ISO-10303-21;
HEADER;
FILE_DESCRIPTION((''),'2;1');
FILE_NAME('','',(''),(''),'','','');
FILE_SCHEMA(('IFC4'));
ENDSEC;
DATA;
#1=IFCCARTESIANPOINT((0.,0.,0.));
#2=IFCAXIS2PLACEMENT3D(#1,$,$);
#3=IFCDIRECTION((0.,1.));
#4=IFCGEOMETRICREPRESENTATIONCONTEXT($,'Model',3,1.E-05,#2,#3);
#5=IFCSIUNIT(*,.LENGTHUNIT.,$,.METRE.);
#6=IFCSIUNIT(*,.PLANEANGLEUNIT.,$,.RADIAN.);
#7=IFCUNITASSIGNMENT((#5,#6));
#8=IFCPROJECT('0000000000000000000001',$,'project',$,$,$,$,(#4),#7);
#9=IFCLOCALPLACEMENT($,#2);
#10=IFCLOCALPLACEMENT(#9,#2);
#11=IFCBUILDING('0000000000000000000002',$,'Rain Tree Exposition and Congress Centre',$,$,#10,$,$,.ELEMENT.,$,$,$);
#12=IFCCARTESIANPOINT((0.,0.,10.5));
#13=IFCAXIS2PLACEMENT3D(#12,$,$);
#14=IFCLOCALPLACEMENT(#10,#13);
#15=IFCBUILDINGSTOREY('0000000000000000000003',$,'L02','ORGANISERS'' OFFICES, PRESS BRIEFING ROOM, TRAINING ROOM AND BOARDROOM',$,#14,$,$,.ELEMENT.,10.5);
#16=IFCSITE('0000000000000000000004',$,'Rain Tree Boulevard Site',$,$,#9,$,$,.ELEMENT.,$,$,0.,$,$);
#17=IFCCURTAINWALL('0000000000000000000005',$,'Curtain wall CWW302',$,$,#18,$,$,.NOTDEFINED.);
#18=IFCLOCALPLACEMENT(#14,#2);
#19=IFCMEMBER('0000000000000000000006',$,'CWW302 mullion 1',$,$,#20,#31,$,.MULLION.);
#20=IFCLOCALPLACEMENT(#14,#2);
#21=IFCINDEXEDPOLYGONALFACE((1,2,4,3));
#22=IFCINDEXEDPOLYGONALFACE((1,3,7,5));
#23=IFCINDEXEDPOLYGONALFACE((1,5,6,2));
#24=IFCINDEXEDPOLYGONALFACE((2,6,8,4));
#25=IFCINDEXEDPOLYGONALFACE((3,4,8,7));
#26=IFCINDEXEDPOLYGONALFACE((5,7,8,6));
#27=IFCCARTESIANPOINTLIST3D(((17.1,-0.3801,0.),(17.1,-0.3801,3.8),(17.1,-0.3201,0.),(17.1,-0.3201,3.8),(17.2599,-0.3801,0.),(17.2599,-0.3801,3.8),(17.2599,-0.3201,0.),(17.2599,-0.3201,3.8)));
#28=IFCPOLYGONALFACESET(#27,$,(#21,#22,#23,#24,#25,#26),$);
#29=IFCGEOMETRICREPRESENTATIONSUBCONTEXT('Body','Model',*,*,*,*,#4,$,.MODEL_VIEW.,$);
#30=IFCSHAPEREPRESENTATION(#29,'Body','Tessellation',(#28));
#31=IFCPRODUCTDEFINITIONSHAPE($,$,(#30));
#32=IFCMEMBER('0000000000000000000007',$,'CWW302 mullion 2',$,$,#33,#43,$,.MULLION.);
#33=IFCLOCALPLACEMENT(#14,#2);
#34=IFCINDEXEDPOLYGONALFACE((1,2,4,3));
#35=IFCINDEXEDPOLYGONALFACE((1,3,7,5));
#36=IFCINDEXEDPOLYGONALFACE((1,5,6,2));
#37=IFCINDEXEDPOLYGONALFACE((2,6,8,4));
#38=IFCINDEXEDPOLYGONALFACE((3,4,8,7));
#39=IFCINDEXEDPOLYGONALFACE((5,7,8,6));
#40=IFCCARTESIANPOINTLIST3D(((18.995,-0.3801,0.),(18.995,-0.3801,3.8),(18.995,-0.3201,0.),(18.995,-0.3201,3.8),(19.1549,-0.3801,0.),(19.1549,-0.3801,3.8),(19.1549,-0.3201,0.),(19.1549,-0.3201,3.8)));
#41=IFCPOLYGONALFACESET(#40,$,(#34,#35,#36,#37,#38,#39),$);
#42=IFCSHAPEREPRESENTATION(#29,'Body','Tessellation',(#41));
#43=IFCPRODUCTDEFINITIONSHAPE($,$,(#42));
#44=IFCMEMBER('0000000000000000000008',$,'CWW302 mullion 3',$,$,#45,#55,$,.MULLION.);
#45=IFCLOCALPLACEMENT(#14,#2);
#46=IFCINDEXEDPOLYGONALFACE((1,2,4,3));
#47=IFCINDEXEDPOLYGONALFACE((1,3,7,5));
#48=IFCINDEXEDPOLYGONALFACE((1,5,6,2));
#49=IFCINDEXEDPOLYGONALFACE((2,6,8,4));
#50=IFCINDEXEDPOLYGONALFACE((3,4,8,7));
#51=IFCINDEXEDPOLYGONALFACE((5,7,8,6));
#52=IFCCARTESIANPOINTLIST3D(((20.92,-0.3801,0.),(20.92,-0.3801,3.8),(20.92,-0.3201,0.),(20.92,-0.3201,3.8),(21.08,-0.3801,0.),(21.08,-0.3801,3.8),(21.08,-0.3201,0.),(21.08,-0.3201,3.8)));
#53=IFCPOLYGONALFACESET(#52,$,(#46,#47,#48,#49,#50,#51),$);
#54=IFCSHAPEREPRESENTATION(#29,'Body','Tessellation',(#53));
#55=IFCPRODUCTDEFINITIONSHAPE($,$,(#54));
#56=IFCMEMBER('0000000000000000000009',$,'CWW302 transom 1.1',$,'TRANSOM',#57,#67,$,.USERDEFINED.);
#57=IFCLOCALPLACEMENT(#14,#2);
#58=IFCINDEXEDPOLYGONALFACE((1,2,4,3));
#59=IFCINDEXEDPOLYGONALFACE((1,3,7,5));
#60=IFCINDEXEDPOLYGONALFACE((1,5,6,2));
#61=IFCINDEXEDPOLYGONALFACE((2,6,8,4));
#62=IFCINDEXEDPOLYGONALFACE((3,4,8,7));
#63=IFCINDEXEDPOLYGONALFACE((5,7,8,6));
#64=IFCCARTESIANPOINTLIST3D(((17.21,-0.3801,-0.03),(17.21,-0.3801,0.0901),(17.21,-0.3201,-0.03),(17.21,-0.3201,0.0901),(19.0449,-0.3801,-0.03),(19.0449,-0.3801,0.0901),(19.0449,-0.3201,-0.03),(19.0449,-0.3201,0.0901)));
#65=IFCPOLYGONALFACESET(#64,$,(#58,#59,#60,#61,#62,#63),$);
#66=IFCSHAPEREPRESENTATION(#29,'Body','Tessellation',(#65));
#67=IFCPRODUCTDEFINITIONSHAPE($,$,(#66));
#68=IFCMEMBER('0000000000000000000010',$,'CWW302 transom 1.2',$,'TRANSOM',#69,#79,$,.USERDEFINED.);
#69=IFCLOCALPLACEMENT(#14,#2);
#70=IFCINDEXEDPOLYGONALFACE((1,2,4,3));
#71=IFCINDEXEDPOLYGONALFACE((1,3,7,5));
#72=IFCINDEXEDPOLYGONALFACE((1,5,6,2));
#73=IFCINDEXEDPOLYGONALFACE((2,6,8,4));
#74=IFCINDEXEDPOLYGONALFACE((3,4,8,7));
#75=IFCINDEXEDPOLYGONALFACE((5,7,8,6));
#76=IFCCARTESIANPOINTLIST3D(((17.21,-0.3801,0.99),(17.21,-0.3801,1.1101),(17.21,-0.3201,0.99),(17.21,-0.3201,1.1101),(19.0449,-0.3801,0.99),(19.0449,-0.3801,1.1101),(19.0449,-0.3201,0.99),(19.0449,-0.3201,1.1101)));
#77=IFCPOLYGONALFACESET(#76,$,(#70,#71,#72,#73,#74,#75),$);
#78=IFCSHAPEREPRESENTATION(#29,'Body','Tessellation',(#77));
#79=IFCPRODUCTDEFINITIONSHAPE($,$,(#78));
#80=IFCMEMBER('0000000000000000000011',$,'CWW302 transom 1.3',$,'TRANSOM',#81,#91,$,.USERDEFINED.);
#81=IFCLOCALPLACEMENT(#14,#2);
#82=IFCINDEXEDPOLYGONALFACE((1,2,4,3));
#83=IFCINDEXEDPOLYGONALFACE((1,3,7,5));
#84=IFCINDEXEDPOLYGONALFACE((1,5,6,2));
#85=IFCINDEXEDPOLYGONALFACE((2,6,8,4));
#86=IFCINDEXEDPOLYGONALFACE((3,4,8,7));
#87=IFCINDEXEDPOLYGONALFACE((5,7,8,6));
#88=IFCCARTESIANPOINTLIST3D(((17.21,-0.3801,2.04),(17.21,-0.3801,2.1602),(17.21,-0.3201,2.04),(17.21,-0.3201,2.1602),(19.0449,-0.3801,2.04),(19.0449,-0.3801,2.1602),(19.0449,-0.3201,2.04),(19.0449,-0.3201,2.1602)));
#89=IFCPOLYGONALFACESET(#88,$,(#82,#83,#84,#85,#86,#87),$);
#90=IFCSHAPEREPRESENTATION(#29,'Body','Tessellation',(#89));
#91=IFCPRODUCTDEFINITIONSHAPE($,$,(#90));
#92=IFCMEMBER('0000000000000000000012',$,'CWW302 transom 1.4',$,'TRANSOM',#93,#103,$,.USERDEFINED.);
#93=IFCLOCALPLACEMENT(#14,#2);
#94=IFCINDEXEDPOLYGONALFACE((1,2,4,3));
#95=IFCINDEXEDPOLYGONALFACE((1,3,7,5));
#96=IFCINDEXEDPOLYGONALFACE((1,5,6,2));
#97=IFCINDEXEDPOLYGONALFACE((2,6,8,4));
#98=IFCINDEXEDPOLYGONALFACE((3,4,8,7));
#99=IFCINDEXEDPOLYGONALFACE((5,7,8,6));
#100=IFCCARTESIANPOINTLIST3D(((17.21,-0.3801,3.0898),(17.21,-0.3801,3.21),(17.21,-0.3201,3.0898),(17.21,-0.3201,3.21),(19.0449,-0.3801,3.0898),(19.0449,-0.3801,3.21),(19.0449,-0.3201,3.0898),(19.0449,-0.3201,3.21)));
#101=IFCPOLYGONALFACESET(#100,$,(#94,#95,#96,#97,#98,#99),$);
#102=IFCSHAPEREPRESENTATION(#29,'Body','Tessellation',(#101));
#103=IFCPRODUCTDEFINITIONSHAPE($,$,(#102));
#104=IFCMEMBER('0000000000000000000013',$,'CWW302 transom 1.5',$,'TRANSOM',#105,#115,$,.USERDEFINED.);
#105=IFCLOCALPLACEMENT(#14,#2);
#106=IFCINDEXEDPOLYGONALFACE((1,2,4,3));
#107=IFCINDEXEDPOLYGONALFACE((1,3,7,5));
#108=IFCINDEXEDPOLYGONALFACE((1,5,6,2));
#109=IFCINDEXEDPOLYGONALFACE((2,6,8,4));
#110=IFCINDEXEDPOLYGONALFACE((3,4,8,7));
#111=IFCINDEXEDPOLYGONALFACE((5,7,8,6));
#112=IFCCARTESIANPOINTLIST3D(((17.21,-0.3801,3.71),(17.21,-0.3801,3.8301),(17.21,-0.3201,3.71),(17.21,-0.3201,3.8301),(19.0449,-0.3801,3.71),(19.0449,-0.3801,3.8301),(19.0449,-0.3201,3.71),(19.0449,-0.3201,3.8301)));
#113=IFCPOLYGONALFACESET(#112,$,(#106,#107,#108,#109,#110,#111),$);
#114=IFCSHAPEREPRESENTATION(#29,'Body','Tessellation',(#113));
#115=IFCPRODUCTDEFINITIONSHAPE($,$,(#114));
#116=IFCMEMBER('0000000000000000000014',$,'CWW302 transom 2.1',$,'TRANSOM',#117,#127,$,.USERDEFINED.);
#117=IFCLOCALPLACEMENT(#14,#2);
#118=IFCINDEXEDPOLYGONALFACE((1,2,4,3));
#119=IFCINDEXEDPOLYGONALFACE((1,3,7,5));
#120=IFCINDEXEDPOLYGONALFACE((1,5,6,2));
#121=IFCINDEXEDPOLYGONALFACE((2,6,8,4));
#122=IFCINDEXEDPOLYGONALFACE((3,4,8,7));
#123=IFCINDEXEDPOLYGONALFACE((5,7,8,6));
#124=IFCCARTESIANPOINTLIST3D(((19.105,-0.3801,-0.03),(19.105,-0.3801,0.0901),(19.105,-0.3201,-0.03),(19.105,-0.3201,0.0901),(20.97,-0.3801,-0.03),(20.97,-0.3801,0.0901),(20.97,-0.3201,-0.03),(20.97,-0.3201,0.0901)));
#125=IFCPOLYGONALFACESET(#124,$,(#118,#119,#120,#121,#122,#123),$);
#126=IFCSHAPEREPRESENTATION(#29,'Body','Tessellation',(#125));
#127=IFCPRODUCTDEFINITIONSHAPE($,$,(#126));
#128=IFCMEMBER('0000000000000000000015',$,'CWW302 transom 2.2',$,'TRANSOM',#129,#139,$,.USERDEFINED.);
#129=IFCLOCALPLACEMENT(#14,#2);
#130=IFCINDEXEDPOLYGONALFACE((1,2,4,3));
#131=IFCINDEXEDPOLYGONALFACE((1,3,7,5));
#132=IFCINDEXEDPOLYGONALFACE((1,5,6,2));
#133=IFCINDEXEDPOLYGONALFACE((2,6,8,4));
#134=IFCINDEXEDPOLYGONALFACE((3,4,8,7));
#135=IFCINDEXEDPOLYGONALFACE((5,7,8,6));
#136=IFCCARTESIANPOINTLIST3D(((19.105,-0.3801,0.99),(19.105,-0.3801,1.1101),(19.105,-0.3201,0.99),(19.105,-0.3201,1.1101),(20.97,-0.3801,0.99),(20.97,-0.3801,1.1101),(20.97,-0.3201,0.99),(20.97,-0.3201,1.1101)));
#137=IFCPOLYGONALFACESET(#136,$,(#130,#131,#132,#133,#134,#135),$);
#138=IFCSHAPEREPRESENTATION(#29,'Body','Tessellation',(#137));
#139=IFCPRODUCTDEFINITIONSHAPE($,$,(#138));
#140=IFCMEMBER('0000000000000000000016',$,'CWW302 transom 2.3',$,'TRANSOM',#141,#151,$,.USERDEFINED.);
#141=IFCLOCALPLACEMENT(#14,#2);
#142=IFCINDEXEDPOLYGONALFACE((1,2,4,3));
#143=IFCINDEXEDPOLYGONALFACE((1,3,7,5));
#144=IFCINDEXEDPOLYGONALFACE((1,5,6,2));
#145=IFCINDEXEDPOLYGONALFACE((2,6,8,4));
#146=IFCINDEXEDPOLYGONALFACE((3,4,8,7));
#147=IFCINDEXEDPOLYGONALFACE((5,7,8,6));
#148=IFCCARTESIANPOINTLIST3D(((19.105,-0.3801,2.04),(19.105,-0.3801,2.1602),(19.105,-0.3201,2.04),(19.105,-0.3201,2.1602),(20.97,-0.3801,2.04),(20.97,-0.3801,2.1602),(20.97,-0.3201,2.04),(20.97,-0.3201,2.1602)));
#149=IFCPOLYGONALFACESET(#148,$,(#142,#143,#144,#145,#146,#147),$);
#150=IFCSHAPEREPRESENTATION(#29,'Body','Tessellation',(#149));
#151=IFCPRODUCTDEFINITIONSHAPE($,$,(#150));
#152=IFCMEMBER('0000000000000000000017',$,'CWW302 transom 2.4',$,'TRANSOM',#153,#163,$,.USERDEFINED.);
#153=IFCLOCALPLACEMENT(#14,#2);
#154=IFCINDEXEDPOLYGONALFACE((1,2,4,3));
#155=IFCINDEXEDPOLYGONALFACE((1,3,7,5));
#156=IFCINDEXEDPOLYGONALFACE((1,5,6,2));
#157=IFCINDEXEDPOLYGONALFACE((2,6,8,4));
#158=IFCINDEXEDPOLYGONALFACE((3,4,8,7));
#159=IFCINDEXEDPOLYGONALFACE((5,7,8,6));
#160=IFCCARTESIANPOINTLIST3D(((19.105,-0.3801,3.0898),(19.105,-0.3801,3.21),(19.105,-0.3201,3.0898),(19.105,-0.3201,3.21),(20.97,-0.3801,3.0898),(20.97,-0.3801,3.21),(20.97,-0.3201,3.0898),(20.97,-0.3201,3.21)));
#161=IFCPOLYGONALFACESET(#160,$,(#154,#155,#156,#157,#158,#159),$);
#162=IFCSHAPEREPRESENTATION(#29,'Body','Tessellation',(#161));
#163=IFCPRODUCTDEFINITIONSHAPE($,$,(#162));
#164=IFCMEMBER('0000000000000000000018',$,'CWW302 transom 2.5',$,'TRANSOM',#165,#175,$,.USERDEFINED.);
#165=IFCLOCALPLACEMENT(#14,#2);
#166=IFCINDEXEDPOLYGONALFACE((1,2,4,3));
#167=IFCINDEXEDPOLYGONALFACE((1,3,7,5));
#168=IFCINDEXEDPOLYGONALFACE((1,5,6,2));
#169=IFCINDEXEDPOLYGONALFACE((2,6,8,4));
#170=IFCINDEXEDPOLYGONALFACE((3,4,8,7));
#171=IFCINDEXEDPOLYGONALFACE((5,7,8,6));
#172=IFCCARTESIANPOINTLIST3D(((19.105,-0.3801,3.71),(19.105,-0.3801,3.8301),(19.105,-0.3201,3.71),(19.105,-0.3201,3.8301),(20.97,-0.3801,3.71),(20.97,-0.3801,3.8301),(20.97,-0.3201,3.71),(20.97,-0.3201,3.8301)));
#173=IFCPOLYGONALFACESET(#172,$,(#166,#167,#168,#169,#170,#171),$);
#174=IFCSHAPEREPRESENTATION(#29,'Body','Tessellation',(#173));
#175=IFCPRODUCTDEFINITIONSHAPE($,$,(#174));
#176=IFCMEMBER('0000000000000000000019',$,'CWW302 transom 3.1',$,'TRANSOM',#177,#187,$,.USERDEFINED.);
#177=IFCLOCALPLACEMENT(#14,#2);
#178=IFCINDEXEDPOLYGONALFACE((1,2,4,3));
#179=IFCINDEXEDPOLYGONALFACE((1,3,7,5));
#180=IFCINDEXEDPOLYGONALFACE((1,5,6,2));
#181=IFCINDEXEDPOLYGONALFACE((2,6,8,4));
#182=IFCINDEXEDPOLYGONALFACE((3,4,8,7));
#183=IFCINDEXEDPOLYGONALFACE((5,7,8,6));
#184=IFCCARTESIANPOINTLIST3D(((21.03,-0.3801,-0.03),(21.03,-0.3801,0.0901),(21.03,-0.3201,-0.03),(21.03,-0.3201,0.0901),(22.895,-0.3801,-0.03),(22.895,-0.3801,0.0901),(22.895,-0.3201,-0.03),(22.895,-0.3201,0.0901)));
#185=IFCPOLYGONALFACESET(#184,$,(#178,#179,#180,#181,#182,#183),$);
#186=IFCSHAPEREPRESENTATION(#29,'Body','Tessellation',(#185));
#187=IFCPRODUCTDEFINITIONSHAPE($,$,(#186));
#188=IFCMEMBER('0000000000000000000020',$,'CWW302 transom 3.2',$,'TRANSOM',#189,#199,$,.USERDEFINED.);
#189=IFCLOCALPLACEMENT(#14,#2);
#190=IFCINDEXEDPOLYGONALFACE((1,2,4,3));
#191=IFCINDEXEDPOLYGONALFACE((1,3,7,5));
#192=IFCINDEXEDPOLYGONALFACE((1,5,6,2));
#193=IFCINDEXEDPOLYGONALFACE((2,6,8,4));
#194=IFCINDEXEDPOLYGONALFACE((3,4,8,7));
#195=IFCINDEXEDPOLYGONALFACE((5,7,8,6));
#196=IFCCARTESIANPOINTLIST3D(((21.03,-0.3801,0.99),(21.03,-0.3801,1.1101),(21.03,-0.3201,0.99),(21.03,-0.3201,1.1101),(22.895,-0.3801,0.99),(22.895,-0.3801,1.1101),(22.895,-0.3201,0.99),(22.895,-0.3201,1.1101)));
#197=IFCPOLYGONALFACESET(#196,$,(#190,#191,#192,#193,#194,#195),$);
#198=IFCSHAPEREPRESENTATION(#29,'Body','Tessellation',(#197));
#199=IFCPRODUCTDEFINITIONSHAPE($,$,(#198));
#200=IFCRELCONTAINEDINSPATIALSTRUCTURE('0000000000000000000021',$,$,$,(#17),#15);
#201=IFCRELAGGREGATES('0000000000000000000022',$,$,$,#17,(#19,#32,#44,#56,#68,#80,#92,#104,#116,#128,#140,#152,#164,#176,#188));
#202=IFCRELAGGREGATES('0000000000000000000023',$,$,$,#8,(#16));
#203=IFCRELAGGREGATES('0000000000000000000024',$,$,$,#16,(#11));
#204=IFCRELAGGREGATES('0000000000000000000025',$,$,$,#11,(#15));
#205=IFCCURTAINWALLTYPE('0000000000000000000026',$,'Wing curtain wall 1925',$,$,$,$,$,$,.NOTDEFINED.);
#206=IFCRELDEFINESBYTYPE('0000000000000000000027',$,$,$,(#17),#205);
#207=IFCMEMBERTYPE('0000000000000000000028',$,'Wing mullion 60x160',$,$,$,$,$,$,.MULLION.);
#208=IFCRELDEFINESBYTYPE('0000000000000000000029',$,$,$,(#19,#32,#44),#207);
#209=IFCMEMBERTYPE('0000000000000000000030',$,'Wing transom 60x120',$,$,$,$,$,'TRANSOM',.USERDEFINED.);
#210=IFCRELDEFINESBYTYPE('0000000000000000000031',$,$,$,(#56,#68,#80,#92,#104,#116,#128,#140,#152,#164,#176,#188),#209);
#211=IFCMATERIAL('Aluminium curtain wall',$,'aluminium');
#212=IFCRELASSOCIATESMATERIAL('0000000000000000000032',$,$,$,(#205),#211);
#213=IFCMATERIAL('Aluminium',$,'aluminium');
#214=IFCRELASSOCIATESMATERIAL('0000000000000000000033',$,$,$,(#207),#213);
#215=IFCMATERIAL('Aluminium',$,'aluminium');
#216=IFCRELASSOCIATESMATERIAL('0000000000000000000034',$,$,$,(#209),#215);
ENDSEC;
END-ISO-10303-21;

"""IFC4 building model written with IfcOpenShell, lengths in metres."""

from ifc_helpers import new_model, si_unit, direction, frame, origin, origin_2d, place, context, subcontext, project, spatial, rectangle, extrude, material, material_profile, profile_set, type_object, element, aggregate, save


model = new_model("IFC4")

# Units and contexts
model_context = context("Model", 3, precision=1e-05, world=origin(), true_north=direction((0.0, 1.0)))
body_context = subcontext(model_context, "Body", "Model", "MODEL_VIEW")
ifc_project = project(units=[si_unit("LENGTHUNIT", "METRE"), si_unit("PLANEANGLEUNIT", "RADIAN")], contexts=[model_context])

# Site, building, storey
site_placement = place(None, origin())
site = spatial("IfcSite", under=ifc_project, at=site_placement, Name="Rain Tree Boulevard Site", CompositionType="ELEMENT", RefElevation=0.0)
building_placement = place(site_placement, origin())
building = spatial("IfcBuilding", under=site, at=building_placement, Name="Rain Tree Exposition and Congress Centre", CompositionType="ELEMENT")
storey_placement = place(building_placement, frame((0.0, 0.0, 10.5)))
storey = spatial("IfcBuildingStorey", under=building, at=storey_placement, Name="L02", Description="ORGANISERS' OFFICES, PRESS BRIEFING ROOM, TRAINING ROOM AND BOARDROOM", CompositionType="ELEMENT", Elevation=10.5)

# Curtain wall, members
ifc_material_1 = material(Name="Aluminium curtain wall", Category="aluminium")
curtain_wall_type = type_object("IfcCurtainWallType", Name="Wing curtain wall 1925", PredefinedType="NOTDEFINED", material=ifc_material_1)
curtain_wall_placement = place(storey_placement, origin())
curtain_wall = element("IfcCurtainWall", 1, at=curtain_wall_placement, inside=storey, type_object=curtain_wall_type, Name="Curtain wall CWW302", PredefinedType="NOTDEFINED")
ifc_material_2 = material(Name="Aluminium", Category="aluminium")
ifc_material_profile_1 = material_profile(ifc_material_2, rectangle(XDim=0.0601, YDim=0.1599, at=origin_2d()), Name="Aluminium 60x160")
ifc_profile_set_1 = profile_set([ifc_material_profile_1], Name="Aluminium")
member_type_1 = type_object("IfcMemberType", Name="Wing mullion 60x160", PredefinedType="MULLION", material=ifc_profile_set_1)
member_1_placement = place(storey_placement, frame((17.1799, -0.3501, 0.0), z_axis=(0.0, 0.0, 1.0), x_axis=(0.0, 1.0, 0.0)))
member_1 = element("IfcMember", 2, at=member_1_placement, type_object=member_type_1, Name="CWW302 mullion 1", PredefinedType="MULLION", context=body_context, shape_type="SweptSolid", body=[
    extrude(rectangle(XDim=0.0601, YDim=0.1599, at=origin_2d()), origin(), (0.0, 0.0, 1.0), 3.8),
])
member_2_placement = place(storey_placement, frame((19.075, -0.3501, 0.0), z_axis=(0.0, 0.0, 1.0), x_axis=(0.0, 1.0, 0.0)))
member_2 = element("IfcMember", 3, at=member_2_placement, type_object=member_type_1, Name="CWW302 mullion 2", PredefinedType="MULLION", context=body_context, shape_type="SweptSolid", body=[
    extrude(rectangle(XDim=0.0601, YDim=0.1599, at=origin_2d()), origin(), (0.0, 0.0, 1.0), 3.8),
])
member_3_placement = place(storey_placement, frame((21.0, -0.3501, 0.0), z_axis=(0.0, 0.0, 1.0), x_axis=(0.0, 1.0, 0.0)))
member_3 = element("IfcMember", 4, at=member_3_placement, type_object=member_type_1, Name="CWW302 mullion 3", PredefinedType="MULLION", context=body_context, shape_type="SweptSolid", body=[
    extrude(rectangle(XDim=0.0601, YDim=0.1599, at=origin_2d()), origin(), (0.0, 0.0, 1.0), 3.8),
])
ifc_material_3 = material(Name="Aluminium", Category="aluminium")
ifc_material_profile_2 = material_profile(ifc_material_3, rectangle(XDim=0.0601, YDim=0.1201, at=origin_2d()), Name="Aluminium 60x120")
ifc_profile_set_2 = profile_set([ifc_material_profile_2], Name="Aluminium")
member_type_2 = type_object("IfcMemberType", Name="Wing transom 60x120", ElementType="TRANSOM", PredefinedType="USERDEFINED", material=ifc_profile_set_2)
member_4_placement = place(storey_placement, frame((17.21, -0.3501, 0.03), z_axis=(1.0, 0.0, 0.0), x_axis=(0.0, 1.0, 0.0)))
member_4 = element("IfcMember", 5, at=member_4_placement, type_object=member_type_2, Name="CWW302 transom 1.1", ObjectType="TRANSOM", PredefinedType="USERDEFINED", context=body_context, shape_type="SweptSolid", body=[
    extrude(rectangle(XDim=0.0601, YDim=0.1201, at=origin_2d()), origin(), (0.0, 0.0, 1.0), 1.835),
])
member_5_placement = place(storey_placement, frame((17.21, -0.3501, 1.05), z_axis=(1.0, 0.0, 0.0), x_axis=(0.0, 1.0, 0.0)))
member_5 = element("IfcMember", 6, at=member_5_placement, type_object=member_type_2, Name="CWW302 transom 1.2", ObjectType="TRANSOM", PredefinedType="USERDEFINED", context=body_context, shape_type="SweptSolid", body=[
    extrude(rectangle(XDim=0.0601, YDim=0.1201, at=origin_2d()), origin(), (0.0, 0.0, 1.0), 1.835),
])
member_6_placement = place(storey_placement, frame((17.21, -0.3501, 2.1001), z_axis=(1.0, 0.0, 0.0), x_axis=(0.0, 1.0, 0.0)))
member_6 = element("IfcMember", 7, at=member_6_placement, type_object=member_type_2, Name="CWW302 transom 1.3", ObjectType="TRANSOM", PredefinedType="USERDEFINED", context=body_context, shape_type="SweptSolid", body=[
    extrude(rectangle(XDim=0.0601, YDim=0.1201, at=origin_2d()), origin(), (0.0, 0.0, 1.0), 1.835),
])
member_7_placement = place(storey_placement, frame((17.21, -0.3501, 3.1499), z_axis=(1.0, 0.0, 0.0), x_axis=(0.0, 1.0, 0.0)))
member_7 = element("IfcMember", 8, at=member_7_placement, type_object=member_type_2, Name="CWW302 transom 1.4", ObjectType="TRANSOM", PredefinedType="USERDEFINED", context=body_context, shape_type="SweptSolid", body=[
    extrude(rectangle(XDim=0.0601, YDim=0.1201, at=origin_2d()), origin(), (0.0, 0.0, 1.0), 1.835),
])
member_8_placement = place(storey_placement, frame((17.21, -0.3501, 3.77), z_axis=(1.0, 0.0, 0.0), x_axis=(0.0, 1.0, 0.0)))
member_8 = element("IfcMember", 9, at=member_8_placement, type_object=member_type_2, Name="CWW302 transom 1.5", ObjectType="TRANSOM", PredefinedType="USERDEFINED", context=body_context, shape_type="SweptSolid", body=[
    extrude(rectangle(XDim=0.0601, YDim=0.1201, at=origin_2d()), origin(), (0.0, 0.0, 1.0), 1.835),
])
member_9_placement = place(storey_placement, frame((19.105, -0.3501, 0.03), z_axis=(1.0, 0.0, 0.0), x_axis=(0.0, 1.0, 0.0)))
member_9 = element("IfcMember", 10, at=member_9_placement, type_object=member_type_2, Name="CWW302 transom 2.1", ObjectType="TRANSOM", PredefinedType="USERDEFINED", context=body_context, shape_type="SweptSolid", body=[
    extrude(rectangle(XDim=0.0601, YDim=0.1201, at=origin_2d()), origin(), (0.0, 0.0, 1.0), 1.865),
])
member_10_placement = place(storey_placement, frame((19.105, -0.3501, 1.05), z_axis=(1.0, 0.0, 0.0), x_axis=(0.0, 1.0, 0.0)))
member_10 = element("IfcMember", 11, at=member_10_placement, type_object=member_type_2, Name="CWW302 transom 2.2", ObjectType="TRANSOM", PredefinedType="USERDEFINED", context=body_context, shape_type="SweptSolid", body=[
    extrude(rectangle(XDim=0.0601, YDim=0.1201, at=origin_2d()), origin(), (0.0, 0.0, 1.0), 1.865),
])
member_11_placement = place(storey_placement, frame((19.105, -0.3501, 2.1001), z_axis=(1.0, 0.0, 0.0), x_axis=(0.0, 1.0, 0.0)))
member_11 = element("IfcMember", 12, at=member_11_placement, type_object=member_type_2, Name="CWW302 transom 2.3", ObjectType="TRANSOM", PredefinedType="USERDEFINED", context=body_context, shape_type="SweptSolid", body=[
    extrude(rectangle(XDim=0.0601, YDim=0.1201, at=origin_2d()), origin(), (0.0, 0.0, 1.0), 1.865),
])
member_12_placement = place(storey_placement, frame((19.105, -0.3501, 3.1499), z_axis=(1.0, 0.0, 0.0), x_axis=(0.0, 1.0, 0.0)))
member_12 = element("IfcMember", 13, at=member_12_placement, type_object=member_type_2, Name="CWW302 transom 2.4", ObjectType="TRANSOM", PredefinedType="USERDEFINED", context=body_context, shape_type="SweptSolid", body=[
    extrude(rectangle(XDim=0.0601, YDim=0.1201, at=origin_2d()), origin(), (0.0, 0.0, 1.0), 1.865),
])
member_13_placement = place(storey_placement, frame((19.105, -0.3501, 3.77), z_axis=(1.0, 0.0, 0.0), x_axis=(0.0, 1.0, 0.0)))
member_13 = element("IfcMember", 14, at=member_13_placement, type_object=member_type_2, Name="CWW302 transom 2.5", ObjectType="TRANSOM", PredefinedType="USERDEFINED", context=body_context, shape_type="SweptSolid", body=[
    extrude(rectangle(XDim=0.0601, YDim=0.1201, at=origin_2d()), origin(), (0.0, 0.0, 1.0), 1.865),
])
member_14_placement = place(storey_placement, frame((21.03, -0.3501, 0.03), z_axis=(1.0, 0.0, 0.0), x_axis=(0.0, 1.0, 0.0)))
member_14 = element("IfcMember", 15, at=member_14_placement, type_object=member_type_2, Name="CWW302 transom 3.1", ObjectType="TRANSOM", PredefinedType="USERDEFINED", context=body_context, shape_type="SweptSolid", body=[
    extrude(rectangle(XDim=0.0601, YDim=0.1201, at=origin_2d()), origin(), (0.0, 0.0, 1.0), 1.865),
])
member_15_placement = place(storey_placement, frame((21.03, -0.3501, 1.05), z_axis=(1.0, 0.0, 0.0), x_axis=(0.0, 1.0, 0.0)))
member_15 = element("IfcMember", 16, at=member_15_placement, type_object=member_type_2, Name="CWW302 transom 3.2", ObjectType="TRANSOM", PredefinedType="USERDEFINED", context=body_context, shape_type="SweptSolid", body=[
    extrude(rectangle(XDim=0.0601, YDim=0.1201, at=origin_2d()), origin(), (0.0, 0.0, 1.0), 1.865),
])
aggregate(curtain_wall, [member_1, member_2, member_3, member_4, member_5, member_6, member_7, member_8, member_9, member_10, member_11, member_12, member_13, member_14, member_15])

save(model, "model.ifc")
